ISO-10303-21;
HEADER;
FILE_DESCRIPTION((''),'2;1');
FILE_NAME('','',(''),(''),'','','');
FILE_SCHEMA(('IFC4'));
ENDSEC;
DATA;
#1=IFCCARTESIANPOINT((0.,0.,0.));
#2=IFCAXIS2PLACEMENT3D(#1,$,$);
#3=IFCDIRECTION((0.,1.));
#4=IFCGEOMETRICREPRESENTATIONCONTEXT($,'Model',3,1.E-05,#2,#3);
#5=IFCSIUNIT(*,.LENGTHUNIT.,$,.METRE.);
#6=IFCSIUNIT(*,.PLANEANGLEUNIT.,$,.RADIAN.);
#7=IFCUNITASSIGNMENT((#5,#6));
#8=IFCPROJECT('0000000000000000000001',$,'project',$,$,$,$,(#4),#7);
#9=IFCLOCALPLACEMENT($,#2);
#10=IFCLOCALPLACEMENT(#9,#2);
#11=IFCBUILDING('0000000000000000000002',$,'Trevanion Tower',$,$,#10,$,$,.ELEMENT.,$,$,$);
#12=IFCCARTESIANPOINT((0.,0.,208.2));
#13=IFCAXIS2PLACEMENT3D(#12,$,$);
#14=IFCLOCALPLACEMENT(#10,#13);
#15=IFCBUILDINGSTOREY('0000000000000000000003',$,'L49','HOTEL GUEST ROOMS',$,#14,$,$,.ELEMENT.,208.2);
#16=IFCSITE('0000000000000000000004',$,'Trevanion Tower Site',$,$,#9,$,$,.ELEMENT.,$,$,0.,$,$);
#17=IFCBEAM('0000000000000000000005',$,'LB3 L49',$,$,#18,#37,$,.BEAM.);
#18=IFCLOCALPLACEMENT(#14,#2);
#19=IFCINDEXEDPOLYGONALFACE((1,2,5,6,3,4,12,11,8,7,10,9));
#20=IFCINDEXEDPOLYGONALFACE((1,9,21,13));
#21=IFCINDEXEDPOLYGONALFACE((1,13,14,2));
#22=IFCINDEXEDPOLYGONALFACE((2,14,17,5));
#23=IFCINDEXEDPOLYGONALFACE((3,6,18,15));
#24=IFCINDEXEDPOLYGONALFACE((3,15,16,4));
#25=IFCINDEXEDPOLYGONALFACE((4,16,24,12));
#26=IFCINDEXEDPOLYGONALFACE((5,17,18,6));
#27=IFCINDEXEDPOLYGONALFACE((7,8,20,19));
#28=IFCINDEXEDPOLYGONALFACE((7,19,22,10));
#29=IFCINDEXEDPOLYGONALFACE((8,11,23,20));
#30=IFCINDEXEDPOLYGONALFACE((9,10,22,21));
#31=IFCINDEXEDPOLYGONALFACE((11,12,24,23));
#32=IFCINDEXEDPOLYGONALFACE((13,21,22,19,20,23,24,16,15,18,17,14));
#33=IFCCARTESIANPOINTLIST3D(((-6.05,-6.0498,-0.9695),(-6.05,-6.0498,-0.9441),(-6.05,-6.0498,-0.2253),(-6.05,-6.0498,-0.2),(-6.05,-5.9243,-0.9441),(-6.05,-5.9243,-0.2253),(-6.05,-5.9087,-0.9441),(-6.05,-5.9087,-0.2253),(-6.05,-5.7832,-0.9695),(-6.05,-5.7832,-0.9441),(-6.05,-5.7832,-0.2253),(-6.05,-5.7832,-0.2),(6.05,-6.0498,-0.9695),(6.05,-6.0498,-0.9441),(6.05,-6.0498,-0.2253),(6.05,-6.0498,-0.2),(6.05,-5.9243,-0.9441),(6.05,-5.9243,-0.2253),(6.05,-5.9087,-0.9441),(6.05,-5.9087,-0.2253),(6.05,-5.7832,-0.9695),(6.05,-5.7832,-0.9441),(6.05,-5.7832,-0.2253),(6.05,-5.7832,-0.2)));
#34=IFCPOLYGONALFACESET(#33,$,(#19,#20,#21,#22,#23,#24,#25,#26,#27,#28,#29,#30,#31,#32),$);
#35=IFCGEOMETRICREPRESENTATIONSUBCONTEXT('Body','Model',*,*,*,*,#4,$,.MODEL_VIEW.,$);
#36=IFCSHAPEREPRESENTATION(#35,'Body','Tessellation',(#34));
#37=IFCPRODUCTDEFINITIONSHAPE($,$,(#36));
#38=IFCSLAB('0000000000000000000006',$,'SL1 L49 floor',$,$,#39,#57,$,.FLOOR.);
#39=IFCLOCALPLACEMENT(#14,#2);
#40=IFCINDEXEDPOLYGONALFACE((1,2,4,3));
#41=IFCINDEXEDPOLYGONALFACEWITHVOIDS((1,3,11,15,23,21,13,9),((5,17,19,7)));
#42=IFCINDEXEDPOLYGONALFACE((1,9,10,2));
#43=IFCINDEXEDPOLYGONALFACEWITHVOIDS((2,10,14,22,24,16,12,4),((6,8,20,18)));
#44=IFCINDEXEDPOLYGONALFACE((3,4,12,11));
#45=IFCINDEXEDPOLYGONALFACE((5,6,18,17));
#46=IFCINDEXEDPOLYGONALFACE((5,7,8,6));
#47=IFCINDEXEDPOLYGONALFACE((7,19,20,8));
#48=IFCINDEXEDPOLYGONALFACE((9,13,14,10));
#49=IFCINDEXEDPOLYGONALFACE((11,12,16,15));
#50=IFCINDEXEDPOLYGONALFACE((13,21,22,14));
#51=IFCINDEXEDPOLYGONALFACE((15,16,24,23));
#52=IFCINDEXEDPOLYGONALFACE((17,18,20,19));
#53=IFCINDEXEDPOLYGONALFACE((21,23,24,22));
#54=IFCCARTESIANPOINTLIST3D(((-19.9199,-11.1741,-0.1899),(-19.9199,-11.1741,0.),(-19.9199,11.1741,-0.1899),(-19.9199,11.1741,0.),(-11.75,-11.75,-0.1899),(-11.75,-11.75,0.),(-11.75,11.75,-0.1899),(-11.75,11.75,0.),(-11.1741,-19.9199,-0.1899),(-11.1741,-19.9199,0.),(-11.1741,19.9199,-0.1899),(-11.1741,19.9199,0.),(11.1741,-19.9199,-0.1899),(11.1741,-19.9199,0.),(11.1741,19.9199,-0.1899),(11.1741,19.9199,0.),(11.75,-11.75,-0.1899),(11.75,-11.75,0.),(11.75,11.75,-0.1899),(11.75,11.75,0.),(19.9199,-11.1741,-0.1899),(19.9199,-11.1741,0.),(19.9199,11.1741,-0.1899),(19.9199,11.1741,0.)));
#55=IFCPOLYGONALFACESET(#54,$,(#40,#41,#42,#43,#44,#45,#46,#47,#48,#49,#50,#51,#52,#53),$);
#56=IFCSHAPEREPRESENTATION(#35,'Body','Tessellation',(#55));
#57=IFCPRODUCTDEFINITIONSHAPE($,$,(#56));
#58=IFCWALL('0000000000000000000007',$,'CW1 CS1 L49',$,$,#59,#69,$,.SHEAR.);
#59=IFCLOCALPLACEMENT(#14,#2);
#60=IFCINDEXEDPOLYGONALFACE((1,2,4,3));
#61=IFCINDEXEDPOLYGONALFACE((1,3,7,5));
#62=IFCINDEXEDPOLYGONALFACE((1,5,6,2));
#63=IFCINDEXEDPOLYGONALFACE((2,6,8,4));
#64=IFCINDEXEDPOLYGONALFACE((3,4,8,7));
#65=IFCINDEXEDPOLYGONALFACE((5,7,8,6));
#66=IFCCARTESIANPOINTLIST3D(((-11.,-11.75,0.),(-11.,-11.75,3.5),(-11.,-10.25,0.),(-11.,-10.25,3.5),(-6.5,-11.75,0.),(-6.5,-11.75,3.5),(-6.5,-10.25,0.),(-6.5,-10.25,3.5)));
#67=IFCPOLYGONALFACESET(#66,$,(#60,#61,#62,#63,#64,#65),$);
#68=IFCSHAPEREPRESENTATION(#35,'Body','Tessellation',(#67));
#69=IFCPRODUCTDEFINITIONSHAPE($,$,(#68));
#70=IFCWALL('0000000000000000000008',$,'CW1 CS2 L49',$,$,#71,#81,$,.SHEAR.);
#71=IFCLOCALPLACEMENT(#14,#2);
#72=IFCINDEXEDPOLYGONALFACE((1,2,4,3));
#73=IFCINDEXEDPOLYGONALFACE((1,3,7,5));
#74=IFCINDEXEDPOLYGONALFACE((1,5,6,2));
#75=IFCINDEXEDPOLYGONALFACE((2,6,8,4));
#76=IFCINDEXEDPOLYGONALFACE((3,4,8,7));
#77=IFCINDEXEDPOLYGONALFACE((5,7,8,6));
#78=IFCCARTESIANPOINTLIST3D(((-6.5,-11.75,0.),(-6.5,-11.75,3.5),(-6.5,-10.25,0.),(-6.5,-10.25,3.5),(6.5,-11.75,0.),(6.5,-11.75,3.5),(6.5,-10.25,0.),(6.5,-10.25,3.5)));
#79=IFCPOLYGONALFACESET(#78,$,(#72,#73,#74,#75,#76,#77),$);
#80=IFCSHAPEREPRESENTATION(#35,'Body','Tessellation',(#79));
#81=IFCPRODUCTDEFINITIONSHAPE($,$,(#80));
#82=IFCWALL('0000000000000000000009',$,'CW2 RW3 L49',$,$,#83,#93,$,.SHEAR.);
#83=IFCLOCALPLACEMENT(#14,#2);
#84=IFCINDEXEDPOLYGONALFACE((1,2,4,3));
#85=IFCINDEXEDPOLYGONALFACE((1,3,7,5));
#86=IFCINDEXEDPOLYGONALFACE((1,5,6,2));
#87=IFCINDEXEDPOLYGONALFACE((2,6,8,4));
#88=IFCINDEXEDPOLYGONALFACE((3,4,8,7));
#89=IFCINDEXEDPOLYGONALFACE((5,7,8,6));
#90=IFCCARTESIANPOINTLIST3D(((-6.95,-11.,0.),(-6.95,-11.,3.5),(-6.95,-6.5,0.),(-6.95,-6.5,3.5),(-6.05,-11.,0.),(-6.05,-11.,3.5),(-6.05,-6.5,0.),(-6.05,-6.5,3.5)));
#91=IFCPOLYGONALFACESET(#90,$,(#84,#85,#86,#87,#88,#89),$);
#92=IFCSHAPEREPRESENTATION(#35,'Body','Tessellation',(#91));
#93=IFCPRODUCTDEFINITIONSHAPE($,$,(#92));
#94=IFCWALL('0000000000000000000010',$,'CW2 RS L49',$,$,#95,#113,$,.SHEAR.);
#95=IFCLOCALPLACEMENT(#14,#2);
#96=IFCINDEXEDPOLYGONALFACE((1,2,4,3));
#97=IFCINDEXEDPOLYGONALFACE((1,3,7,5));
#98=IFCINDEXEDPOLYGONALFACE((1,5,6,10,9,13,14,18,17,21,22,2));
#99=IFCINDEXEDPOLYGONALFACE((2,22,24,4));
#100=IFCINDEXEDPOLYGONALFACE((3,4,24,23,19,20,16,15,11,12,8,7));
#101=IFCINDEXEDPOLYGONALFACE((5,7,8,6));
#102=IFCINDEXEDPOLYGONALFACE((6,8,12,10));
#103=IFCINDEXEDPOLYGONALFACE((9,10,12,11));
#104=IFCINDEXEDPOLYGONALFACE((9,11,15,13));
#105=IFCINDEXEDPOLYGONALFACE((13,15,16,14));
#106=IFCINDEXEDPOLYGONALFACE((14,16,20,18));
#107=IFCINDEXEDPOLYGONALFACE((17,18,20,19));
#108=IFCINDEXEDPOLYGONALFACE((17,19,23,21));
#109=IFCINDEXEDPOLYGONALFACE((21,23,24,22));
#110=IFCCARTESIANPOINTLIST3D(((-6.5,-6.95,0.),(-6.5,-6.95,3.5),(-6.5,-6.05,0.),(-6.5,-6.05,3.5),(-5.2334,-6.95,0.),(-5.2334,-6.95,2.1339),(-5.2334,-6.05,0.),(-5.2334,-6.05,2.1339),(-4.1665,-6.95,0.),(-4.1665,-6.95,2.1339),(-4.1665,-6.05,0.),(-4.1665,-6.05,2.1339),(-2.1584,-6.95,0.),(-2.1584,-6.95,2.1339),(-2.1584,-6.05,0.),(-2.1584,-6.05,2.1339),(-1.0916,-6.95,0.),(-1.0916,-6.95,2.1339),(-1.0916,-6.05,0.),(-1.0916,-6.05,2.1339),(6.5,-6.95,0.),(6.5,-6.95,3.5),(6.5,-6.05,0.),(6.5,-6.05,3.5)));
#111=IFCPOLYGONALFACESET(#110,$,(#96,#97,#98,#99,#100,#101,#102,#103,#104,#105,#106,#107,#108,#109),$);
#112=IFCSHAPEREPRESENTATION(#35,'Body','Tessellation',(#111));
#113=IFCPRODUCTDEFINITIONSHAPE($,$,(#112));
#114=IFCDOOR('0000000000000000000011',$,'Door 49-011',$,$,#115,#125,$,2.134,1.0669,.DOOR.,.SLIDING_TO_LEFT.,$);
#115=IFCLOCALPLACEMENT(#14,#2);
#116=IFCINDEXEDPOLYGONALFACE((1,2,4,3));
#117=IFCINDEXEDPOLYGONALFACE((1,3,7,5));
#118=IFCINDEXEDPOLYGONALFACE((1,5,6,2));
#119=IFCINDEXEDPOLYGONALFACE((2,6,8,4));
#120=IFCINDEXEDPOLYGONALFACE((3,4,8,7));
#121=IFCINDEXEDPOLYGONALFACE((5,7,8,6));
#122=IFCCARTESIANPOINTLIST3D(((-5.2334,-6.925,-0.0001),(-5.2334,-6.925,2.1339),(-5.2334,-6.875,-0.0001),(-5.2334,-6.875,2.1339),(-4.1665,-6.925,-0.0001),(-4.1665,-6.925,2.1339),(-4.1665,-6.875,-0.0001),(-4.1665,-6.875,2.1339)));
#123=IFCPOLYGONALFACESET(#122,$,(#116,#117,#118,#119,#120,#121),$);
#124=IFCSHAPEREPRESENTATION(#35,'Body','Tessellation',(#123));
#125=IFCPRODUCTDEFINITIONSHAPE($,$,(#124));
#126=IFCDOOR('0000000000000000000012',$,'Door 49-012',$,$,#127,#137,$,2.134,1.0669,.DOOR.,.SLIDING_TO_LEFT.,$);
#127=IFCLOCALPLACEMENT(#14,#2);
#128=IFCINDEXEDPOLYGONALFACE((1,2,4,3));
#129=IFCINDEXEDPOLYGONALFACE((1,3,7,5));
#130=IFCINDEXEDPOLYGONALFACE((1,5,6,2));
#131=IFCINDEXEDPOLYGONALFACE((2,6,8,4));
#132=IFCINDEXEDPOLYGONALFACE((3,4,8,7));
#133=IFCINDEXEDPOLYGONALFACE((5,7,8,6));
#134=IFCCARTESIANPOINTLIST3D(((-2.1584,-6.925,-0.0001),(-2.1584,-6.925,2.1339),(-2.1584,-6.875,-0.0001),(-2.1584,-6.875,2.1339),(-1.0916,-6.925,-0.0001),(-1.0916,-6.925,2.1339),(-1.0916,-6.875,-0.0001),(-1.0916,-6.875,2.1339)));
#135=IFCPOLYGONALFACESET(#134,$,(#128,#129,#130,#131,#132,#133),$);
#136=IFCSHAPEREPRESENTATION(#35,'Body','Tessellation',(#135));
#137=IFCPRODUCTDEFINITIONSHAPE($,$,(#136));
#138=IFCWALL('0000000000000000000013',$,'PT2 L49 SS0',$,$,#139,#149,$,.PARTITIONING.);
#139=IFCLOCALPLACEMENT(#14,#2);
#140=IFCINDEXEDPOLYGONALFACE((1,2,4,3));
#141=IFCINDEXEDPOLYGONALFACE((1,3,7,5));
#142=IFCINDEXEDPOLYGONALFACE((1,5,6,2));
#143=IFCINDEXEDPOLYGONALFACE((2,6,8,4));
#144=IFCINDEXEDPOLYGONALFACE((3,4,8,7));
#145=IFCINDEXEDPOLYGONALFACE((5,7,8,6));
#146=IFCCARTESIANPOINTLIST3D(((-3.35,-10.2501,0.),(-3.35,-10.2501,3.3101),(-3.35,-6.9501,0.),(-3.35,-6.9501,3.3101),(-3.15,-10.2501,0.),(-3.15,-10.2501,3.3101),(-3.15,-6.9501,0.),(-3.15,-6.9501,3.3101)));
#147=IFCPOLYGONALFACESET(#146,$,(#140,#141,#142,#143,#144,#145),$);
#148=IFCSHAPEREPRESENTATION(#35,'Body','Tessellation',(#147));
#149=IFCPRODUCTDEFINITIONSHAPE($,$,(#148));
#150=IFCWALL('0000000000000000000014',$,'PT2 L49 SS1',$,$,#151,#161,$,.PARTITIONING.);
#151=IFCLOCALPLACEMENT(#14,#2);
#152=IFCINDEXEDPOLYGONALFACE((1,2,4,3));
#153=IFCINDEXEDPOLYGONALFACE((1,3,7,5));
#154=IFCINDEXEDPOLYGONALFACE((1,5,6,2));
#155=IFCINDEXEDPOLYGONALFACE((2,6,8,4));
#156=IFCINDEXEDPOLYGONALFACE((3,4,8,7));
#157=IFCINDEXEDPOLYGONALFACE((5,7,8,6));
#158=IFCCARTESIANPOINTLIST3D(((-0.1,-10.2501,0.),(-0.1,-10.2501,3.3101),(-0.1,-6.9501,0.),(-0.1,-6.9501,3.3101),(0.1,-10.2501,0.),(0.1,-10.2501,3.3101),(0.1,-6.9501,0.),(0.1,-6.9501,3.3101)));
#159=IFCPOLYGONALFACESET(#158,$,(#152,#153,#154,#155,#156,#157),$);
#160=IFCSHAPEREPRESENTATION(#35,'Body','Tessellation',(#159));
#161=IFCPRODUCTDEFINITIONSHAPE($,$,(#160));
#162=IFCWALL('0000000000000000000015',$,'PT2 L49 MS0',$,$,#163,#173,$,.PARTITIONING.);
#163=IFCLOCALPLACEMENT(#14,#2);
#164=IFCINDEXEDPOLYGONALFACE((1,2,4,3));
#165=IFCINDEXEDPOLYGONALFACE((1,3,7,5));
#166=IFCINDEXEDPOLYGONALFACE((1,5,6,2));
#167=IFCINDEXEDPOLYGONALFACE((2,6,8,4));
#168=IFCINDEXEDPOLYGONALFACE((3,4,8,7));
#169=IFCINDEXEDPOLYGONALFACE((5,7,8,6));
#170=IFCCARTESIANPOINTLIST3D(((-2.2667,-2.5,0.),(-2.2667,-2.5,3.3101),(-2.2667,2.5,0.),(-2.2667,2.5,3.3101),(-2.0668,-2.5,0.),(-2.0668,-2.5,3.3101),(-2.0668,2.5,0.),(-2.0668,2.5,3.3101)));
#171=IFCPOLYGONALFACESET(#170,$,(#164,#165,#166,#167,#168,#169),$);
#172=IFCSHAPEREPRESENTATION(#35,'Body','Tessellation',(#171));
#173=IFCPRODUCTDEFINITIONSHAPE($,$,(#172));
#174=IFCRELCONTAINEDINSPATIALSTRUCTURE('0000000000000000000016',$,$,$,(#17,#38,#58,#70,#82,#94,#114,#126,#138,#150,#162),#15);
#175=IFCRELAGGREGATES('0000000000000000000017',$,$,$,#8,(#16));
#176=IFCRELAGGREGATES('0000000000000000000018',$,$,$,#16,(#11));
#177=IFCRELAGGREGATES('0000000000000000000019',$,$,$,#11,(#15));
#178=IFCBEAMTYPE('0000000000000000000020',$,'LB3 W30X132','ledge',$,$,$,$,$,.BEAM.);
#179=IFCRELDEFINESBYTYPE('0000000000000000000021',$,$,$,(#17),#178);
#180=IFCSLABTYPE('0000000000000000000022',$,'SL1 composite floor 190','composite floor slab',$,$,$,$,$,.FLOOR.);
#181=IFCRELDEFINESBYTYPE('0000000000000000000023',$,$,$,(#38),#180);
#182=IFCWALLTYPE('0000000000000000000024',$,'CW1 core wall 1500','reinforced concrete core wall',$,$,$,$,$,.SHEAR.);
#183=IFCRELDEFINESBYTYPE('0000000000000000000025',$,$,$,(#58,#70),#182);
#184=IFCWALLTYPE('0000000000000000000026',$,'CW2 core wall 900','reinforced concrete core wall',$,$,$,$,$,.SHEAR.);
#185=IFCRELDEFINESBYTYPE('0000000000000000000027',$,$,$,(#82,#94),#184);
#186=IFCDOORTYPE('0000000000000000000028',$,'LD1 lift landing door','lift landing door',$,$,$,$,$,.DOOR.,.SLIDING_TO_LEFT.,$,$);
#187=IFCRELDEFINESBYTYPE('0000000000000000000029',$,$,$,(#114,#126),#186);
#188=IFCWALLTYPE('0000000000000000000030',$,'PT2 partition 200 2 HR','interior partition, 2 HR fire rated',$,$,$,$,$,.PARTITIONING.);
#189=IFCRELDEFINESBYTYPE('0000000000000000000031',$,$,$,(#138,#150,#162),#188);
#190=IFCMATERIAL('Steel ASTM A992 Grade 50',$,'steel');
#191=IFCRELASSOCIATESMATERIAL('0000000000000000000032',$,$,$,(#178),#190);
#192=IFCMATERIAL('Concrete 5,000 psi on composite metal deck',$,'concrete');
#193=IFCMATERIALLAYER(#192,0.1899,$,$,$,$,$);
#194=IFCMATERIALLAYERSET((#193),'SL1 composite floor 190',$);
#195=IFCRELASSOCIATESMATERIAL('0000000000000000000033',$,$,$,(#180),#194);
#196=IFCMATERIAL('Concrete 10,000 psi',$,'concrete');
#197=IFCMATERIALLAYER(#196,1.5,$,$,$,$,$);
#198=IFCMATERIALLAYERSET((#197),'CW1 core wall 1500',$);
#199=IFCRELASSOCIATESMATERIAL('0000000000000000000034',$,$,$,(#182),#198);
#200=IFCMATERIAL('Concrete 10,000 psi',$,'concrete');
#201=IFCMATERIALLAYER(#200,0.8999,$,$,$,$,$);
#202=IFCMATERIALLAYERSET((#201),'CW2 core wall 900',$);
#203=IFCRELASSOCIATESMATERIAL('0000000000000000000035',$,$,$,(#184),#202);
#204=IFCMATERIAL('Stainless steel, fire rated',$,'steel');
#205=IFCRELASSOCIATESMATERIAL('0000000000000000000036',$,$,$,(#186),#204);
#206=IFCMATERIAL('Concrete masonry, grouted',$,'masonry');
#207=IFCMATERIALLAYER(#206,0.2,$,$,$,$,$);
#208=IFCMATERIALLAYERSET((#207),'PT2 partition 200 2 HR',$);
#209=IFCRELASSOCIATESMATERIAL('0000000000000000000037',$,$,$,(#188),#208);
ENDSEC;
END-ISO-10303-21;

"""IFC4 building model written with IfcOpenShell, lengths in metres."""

from ifc_helpers import new_model, si_unit, direction, frame, frame_2d, origin, origin_2d, place, context, subcontext, project, spatial, polyline, rectangle, i_section, outline, extrude, material, layer, layer_set, material_profile, profile_set, type_object, element, fill, save


model = new_model("IFC4")

# Units and contexts
model_context = context("Model", 3, precision=1e-05, world=origin(), true_north=direction((0.0, 1.0)))
body_context = subcontext(model_context, "Body", "Model", "MODEL_VIEW")
ifc_project = project(units=[si_unit("LENGTHUNIT", "METRE"), si_unit("PLANEANGLEUNIT", "RADIAN")], contexts=[model_context])

# Site, building, storey
site_placement = place(None, origin())
site = spatial("IfcSite", under=ifc_project, at=site_placement, Name="Trevanion Tower Site", CompositionType="ELEMENT", RefElevation=0.0)
building_placement = place(site_placement, origin())
building = spatial("IfcBuilding", under=site, at=building_placement, Name="Trevanion Tower", CompositionType="ELEMENT")
storey_placement = place(building_placement, frame((0.0, 0.0, 208.2)))
storey = spatial("IfcBuildingStorey", under=building, at=storey_placement, Name="L49", Description="HOTEL GUEST ROOMS", CompositionType="ELEMENT", Elevation=208.2)

# Beam
ifc_material_1 = material(Name="Steel ASTM A992 Grade 50", Category="steel")
ifc_material_profile_1 = material_profile(ifc_material_1, i_section(OverallWidth=0.2666, OverallDepth=0.7695, WebThickness=0.0156, FlangeThickness=0.0254, at=origin_2d()), Name="W30X132")
ifc_profile_set_1 = profile_set([ifc_material_profile_1], Name="Steel ASTM A992 Grade 50")
beam_type_1 = type_object("IfcBeamType", Name="LB3 W30X132", Description="ledge", PredefinedType="BEAM", material=ifc_profile_set_1)
beam_1_placement = place(storey_placement, frame((-6.05, -5.9165, -0.5847), z_axis=(1.0, 0.0, 0.0), x_axis=(0.0, 1.0, 0.0)))
element("IfcBeam", 1, at=beam_1_placement, inside=storey, type_object=beam_type_1, Name="LB3 L49", PredefinedType="BEAM", context=body_context, shape_type="SweptSolid", body=[
    extrude(i_section(OverallWidth=0.2666, OverallDepth=0.7695, WebThickness=0.0156, FlangeThickness=0.0254, at=origin_2d()), origin(), (0.0, 0.0, 1.0), 12.1001),
])

# Slab
ifc_material_2 = material(Name="Concrete 5,000 psi on composite metal deck", Category="concrete")
ifc_layer_1 = layer(ifc_material_2, 0.1899)
ifc_layer_set_1 = layer_set([ifc_layer_1], Name="SL1 composite floor 190")
slab_type = type_object("IfcSlabType", Name="SL1 composite floor 190", Description="composite floor slab", PredefinedType="FLOOR", material=ifc_layer_set_1)
slab_placement = place(storey_placement, frame((0.0, 0.0, -0.1899)))
element("IfcSlab", 2, at=slab_placement, inside=storey, type_object=slab_type, Name="SL1 L49 floor", PredefinedType="FLOOR", context=body_context, shape_type="SweptSolid", body=[
    extrude(outline(polyline([(19.9199, -11.1741), (19.9199, 11.1741), (11.1741, 19.9199), (-11.1741, 19.9199), (-19.9199, 11.1741), (-19.9199, -11.1741), (-11.1741, -19.9199), (11.1741, -19.9199), (19.9199, -11.1741)]), holes=[polyline([(11.75, -11.75), (11.75, 11.75), (-11.75, 11.75), (-11.75, -11.75), (11.75, -11.75)])]), origin(), (0.0, 0.0, 1.0), 0.1899),
])

# Walls
ifc_material_3 = material(Name="Concrete 10,000 psi", Category="concrete")
ifc_layer_2 = layer(ifc_material_3, 1.5)
ifc_layer_set_2 = layer_set([ifc_layer_2], Name="CW1 core wall 1500")
wall_type_1 = type_object("IfcWallType", Name="CW1 core wall 1500", Description="reinforced concrete core wall", PredefinedType="SHEAR", material=ifc_layer_set_2)
wall_1_placement = place(storey_placement, frame((-11.0, -11.0, 0.0), z_axis=(0.0, 0.0, 1.0), x_axis=(1.0, 0.0, 0.0)))
element("IfcWall", 3, at=wall_1_placement, inside=storey, type_object=wall_type_1, Name="CW1 CS1 L49", PredefinedType="SHEAR", context=body_context, shape_type="SweptSolid", body=[
    extrude(rectangle(XDim=4.5, YDim=1.5, at=frame_2d((2.25, 0.0))), origin(), (0.0, 0.0, 1.0), 3.5),
])
wall_2_placement = place(storey_placement, frame((-6.5, -11.0, 0.0), z_axis=(0.0, 0.0, 1.0), x_axis=(1.0, 0.0, 0.0)))
element("IfcWall", 4, at=wall_2_placement, inside=storey, type_object=wall_type_1, Name="CW1 CS2 L49", PredefinedType="SHEAR", context=body_context, shape_type="SweptSolid", body=[
    extrude(rectangle(XDim=13.0, YDim=1.5, at=frame_2d((6.5, 0.0))), origin(), (0.0, 0.0, 1.0), 3.5),
])
ifc_material_4 = material(Name="Concrete 10,000 psi", Category="concrete")
ifc_layer_3 = layer(ifc_material_4, 0.8999)
ifc_layer_set_3 = layer_set([ifc_layer_3], Name="CW2 core wall 900")
wall_type_2 = type_object("IfcWallType", Name="CW2 core wall 900", Description="reinforced concrete core wall", PredefinedType="SHEAR", material=ifc_layer_set_3)
wall_3_placement = place(storey_placement, frame((-6.5, -6.5, 0.0), z_axis=(0.0, 0.0, 1.0), x_axis=(0.0, -1.0, 0.0)))
element("IfcWall", 5, at=wall_3_placement, inside=storey, type_object=wall_type_2, Name="CW2 RW3 L49", PredefinedType="SHEAR", context=body_context, shape_type="SweptSolid", body=[
    extrude(rectangle(XDim=4.5, YDim=0.8999, at=frame_2d((2.25, 0.0))), origin(), (0.0, 0.0, 1.0), 3.5),
])

# Wall, openings, doors
wall_4_placement = place(storey_placement, frame((-6.5, -6.5, 0.0), z_axis=(0.0, 0.0, 1.0), x_axis=(1.0, 0.0, 0.0)))
wall_4 = element("IfcWall", 6, at=wall_4_placement, inside=storey, type_object=wall_type_2, Name="CW2 RS L49", PredefinedType="SHEAR", context=body_context, shape_type="SweptSolid", body=[
    extrude(rectangle(XDim=13.0, YDim=0.8999, at=frame_2d((6.5, 0.0))), origin(), (0.0, 0.0, 1.0), 3.5),
])
opening_1_placement = place(wall_4_placement, frame((1.2666, 0.0, 0.0)))
opening_1 = element("IfcOpeningElement", 7, at=opening_1_placement, cuts=wall_4, PredefinedType="OPENING", context=body_context, shape_type="SweptSolid", body=[
    extrude(rectangle(XDim=1.0669, YDim=2.134, at=frame_2d((0.5334, 1.0669))), frame((0.0, 0.46, 0.0), z_axis=(0.0, -1.0, 0.0), x_axis=(1.0, 0.0, 0.0)), (0.0, 0.0, 1.0), 0.9199),
])
opening_2_placement = place(wall_4_placement, frame((4.3416, 0.0, 0.0)))
opening_2 = element("IfcOpeningElement", 8, at=opening_2_placement, cuts=wall_4, PredefinedType="OPENING", context=body_context, shape_type="SweptSolid", body=[
    extrude(rectangle(XDim=1.0669, YDim=2.134, at=frame_2d((0.5334, 1.0669))), frame((0.0, 0.46, 0.0), z_axis=(0.0, -1.0, 0.0), x_axis=(1.0, 0.0, 0.0)), (0.0, 0.0, 1.0), 0.9199),
])
ifc_material_5 = material(Name="Stainless steel, fire rated", Category="steel")
door_type_1 = type_object("IfcDoorType", Name="LD1 lift landing door", Description="lift landing door", OperationType="SLIDING_TO_LEFT", PredefinedType="DOOR", material=ifc_material_5)
door_1_placement = place(opening_1_placement, origin())
door_1 = element("IfcDoor", 9, at=door_1_placement, inside=storey, type_object=door_type_1, Name="Door 49-011", OperationType="SLIDING_TO_LEFT", OverallHeight=2.134, OverallWidth=1.0669, PredefinedType="DOOR", context=body_context, shape_type="SweptSolid", body=[
    extrude(rectangle(XDim=1.0669, YDim=2.134, at=frame_2d((0.5334, 1.0669))), frame((0.0, -0.375, 0.0), z_axis=(0.0, -1.0, 0.0), x_axis=(1.0, 0.0, 0.0)), (0.0, 0.0, 1.0), 0.05),
])
fill(opening_1, door_1)
door_2_placement = place(opening_2_placement, origin())
door_2 = element("IfcDoor", 10, at=door_2_placement, inside=storey, type_object=door_type_1, Name="Door 49-012", OperationType="SLIDING_TO_LEFT", OverallHeight=2.134, OverallWidth=1.0669, PredefinedType="DOOR", context=body_context, shape_type="SweptSolid", body=[
    extrude(rectangle(XDim=1.0669, YDim=2.134, at=frame_2d((0.5334, 1.0669))), frame((0.0, -0.375, 0.0), z_axis=(0.0, -1.0, 0.0), x_axis=(1.0, 0.0, 0.0)), (0.0, 0.0, 1.0), 0.05),
])
fill(opening_2, door_2)

# Walls
ifc_material_6 = material(Name="Concrete masonry, grouted", Category="masonry")
ifc_layer_4 = layer(ifc_material_6, 0.2)
ifc_layer_set_4 = layer_set([ifc_layer_4], Name="PT2 partition 200 2 HR")
wall_type_3 = type_object("IfcWallType", Name="PT2 partition 200 2 HR", Description="interior partition, 2 HR fire rated", PredefinedType="PARTITIONING", material=ifc_layer_set_4)
for number, where, z_axis, x_axis, name in (
    (11, (-3.25, -10.25, 0.0), (0.0, 0.0, 1.0), (0.0, 1.0, 0.0), "PT2 L49 SS0"),
    (12, (0.0, -10.25, 0.0), (0.0, 0.0, 1.0), (0.0, 1.0, 0.0), "PT2 L49 SS1"),
):
    element("IfcWall", number, at=place(storey_placement, frame(where, z_axis=z_axis, x_axis=x_axis)), inside=storey, type_object=wall_type_3, Name=name, PredefinedType="PARTITIONING", context=body_context, shape_type="SweptSolid", body=[
        extrude(rectangle(XDim=3.3, YDim=0.2, at=frame_2d((1.6499, 0.0))), origin(), (0.0, 0.0, 1.0), 3.3101),
    ])
wall_5_placement = place(storey_placement, frame((-2.1667, -2.5, 0.0), z_axis=(0.0, 0.0, 1.0), x_axis=(0.0, 1.0, 0.0)))
element("IfcWall", 13, at=wall_5_placement, inside=storey, type_object=wall_type_3, Name="PT2 L49 MS0", PredefinedType="PARTITIONING", context=body_context, shape_type="SweptSolid", body=[
    extrude(rectangle(XDim=5.0, YDim=0.2, at=frame_2d((2.5, 0.0))), origin(), (0.0, 0.0, 1.0), 3.3101),
])

save(model, "model.ifc")
